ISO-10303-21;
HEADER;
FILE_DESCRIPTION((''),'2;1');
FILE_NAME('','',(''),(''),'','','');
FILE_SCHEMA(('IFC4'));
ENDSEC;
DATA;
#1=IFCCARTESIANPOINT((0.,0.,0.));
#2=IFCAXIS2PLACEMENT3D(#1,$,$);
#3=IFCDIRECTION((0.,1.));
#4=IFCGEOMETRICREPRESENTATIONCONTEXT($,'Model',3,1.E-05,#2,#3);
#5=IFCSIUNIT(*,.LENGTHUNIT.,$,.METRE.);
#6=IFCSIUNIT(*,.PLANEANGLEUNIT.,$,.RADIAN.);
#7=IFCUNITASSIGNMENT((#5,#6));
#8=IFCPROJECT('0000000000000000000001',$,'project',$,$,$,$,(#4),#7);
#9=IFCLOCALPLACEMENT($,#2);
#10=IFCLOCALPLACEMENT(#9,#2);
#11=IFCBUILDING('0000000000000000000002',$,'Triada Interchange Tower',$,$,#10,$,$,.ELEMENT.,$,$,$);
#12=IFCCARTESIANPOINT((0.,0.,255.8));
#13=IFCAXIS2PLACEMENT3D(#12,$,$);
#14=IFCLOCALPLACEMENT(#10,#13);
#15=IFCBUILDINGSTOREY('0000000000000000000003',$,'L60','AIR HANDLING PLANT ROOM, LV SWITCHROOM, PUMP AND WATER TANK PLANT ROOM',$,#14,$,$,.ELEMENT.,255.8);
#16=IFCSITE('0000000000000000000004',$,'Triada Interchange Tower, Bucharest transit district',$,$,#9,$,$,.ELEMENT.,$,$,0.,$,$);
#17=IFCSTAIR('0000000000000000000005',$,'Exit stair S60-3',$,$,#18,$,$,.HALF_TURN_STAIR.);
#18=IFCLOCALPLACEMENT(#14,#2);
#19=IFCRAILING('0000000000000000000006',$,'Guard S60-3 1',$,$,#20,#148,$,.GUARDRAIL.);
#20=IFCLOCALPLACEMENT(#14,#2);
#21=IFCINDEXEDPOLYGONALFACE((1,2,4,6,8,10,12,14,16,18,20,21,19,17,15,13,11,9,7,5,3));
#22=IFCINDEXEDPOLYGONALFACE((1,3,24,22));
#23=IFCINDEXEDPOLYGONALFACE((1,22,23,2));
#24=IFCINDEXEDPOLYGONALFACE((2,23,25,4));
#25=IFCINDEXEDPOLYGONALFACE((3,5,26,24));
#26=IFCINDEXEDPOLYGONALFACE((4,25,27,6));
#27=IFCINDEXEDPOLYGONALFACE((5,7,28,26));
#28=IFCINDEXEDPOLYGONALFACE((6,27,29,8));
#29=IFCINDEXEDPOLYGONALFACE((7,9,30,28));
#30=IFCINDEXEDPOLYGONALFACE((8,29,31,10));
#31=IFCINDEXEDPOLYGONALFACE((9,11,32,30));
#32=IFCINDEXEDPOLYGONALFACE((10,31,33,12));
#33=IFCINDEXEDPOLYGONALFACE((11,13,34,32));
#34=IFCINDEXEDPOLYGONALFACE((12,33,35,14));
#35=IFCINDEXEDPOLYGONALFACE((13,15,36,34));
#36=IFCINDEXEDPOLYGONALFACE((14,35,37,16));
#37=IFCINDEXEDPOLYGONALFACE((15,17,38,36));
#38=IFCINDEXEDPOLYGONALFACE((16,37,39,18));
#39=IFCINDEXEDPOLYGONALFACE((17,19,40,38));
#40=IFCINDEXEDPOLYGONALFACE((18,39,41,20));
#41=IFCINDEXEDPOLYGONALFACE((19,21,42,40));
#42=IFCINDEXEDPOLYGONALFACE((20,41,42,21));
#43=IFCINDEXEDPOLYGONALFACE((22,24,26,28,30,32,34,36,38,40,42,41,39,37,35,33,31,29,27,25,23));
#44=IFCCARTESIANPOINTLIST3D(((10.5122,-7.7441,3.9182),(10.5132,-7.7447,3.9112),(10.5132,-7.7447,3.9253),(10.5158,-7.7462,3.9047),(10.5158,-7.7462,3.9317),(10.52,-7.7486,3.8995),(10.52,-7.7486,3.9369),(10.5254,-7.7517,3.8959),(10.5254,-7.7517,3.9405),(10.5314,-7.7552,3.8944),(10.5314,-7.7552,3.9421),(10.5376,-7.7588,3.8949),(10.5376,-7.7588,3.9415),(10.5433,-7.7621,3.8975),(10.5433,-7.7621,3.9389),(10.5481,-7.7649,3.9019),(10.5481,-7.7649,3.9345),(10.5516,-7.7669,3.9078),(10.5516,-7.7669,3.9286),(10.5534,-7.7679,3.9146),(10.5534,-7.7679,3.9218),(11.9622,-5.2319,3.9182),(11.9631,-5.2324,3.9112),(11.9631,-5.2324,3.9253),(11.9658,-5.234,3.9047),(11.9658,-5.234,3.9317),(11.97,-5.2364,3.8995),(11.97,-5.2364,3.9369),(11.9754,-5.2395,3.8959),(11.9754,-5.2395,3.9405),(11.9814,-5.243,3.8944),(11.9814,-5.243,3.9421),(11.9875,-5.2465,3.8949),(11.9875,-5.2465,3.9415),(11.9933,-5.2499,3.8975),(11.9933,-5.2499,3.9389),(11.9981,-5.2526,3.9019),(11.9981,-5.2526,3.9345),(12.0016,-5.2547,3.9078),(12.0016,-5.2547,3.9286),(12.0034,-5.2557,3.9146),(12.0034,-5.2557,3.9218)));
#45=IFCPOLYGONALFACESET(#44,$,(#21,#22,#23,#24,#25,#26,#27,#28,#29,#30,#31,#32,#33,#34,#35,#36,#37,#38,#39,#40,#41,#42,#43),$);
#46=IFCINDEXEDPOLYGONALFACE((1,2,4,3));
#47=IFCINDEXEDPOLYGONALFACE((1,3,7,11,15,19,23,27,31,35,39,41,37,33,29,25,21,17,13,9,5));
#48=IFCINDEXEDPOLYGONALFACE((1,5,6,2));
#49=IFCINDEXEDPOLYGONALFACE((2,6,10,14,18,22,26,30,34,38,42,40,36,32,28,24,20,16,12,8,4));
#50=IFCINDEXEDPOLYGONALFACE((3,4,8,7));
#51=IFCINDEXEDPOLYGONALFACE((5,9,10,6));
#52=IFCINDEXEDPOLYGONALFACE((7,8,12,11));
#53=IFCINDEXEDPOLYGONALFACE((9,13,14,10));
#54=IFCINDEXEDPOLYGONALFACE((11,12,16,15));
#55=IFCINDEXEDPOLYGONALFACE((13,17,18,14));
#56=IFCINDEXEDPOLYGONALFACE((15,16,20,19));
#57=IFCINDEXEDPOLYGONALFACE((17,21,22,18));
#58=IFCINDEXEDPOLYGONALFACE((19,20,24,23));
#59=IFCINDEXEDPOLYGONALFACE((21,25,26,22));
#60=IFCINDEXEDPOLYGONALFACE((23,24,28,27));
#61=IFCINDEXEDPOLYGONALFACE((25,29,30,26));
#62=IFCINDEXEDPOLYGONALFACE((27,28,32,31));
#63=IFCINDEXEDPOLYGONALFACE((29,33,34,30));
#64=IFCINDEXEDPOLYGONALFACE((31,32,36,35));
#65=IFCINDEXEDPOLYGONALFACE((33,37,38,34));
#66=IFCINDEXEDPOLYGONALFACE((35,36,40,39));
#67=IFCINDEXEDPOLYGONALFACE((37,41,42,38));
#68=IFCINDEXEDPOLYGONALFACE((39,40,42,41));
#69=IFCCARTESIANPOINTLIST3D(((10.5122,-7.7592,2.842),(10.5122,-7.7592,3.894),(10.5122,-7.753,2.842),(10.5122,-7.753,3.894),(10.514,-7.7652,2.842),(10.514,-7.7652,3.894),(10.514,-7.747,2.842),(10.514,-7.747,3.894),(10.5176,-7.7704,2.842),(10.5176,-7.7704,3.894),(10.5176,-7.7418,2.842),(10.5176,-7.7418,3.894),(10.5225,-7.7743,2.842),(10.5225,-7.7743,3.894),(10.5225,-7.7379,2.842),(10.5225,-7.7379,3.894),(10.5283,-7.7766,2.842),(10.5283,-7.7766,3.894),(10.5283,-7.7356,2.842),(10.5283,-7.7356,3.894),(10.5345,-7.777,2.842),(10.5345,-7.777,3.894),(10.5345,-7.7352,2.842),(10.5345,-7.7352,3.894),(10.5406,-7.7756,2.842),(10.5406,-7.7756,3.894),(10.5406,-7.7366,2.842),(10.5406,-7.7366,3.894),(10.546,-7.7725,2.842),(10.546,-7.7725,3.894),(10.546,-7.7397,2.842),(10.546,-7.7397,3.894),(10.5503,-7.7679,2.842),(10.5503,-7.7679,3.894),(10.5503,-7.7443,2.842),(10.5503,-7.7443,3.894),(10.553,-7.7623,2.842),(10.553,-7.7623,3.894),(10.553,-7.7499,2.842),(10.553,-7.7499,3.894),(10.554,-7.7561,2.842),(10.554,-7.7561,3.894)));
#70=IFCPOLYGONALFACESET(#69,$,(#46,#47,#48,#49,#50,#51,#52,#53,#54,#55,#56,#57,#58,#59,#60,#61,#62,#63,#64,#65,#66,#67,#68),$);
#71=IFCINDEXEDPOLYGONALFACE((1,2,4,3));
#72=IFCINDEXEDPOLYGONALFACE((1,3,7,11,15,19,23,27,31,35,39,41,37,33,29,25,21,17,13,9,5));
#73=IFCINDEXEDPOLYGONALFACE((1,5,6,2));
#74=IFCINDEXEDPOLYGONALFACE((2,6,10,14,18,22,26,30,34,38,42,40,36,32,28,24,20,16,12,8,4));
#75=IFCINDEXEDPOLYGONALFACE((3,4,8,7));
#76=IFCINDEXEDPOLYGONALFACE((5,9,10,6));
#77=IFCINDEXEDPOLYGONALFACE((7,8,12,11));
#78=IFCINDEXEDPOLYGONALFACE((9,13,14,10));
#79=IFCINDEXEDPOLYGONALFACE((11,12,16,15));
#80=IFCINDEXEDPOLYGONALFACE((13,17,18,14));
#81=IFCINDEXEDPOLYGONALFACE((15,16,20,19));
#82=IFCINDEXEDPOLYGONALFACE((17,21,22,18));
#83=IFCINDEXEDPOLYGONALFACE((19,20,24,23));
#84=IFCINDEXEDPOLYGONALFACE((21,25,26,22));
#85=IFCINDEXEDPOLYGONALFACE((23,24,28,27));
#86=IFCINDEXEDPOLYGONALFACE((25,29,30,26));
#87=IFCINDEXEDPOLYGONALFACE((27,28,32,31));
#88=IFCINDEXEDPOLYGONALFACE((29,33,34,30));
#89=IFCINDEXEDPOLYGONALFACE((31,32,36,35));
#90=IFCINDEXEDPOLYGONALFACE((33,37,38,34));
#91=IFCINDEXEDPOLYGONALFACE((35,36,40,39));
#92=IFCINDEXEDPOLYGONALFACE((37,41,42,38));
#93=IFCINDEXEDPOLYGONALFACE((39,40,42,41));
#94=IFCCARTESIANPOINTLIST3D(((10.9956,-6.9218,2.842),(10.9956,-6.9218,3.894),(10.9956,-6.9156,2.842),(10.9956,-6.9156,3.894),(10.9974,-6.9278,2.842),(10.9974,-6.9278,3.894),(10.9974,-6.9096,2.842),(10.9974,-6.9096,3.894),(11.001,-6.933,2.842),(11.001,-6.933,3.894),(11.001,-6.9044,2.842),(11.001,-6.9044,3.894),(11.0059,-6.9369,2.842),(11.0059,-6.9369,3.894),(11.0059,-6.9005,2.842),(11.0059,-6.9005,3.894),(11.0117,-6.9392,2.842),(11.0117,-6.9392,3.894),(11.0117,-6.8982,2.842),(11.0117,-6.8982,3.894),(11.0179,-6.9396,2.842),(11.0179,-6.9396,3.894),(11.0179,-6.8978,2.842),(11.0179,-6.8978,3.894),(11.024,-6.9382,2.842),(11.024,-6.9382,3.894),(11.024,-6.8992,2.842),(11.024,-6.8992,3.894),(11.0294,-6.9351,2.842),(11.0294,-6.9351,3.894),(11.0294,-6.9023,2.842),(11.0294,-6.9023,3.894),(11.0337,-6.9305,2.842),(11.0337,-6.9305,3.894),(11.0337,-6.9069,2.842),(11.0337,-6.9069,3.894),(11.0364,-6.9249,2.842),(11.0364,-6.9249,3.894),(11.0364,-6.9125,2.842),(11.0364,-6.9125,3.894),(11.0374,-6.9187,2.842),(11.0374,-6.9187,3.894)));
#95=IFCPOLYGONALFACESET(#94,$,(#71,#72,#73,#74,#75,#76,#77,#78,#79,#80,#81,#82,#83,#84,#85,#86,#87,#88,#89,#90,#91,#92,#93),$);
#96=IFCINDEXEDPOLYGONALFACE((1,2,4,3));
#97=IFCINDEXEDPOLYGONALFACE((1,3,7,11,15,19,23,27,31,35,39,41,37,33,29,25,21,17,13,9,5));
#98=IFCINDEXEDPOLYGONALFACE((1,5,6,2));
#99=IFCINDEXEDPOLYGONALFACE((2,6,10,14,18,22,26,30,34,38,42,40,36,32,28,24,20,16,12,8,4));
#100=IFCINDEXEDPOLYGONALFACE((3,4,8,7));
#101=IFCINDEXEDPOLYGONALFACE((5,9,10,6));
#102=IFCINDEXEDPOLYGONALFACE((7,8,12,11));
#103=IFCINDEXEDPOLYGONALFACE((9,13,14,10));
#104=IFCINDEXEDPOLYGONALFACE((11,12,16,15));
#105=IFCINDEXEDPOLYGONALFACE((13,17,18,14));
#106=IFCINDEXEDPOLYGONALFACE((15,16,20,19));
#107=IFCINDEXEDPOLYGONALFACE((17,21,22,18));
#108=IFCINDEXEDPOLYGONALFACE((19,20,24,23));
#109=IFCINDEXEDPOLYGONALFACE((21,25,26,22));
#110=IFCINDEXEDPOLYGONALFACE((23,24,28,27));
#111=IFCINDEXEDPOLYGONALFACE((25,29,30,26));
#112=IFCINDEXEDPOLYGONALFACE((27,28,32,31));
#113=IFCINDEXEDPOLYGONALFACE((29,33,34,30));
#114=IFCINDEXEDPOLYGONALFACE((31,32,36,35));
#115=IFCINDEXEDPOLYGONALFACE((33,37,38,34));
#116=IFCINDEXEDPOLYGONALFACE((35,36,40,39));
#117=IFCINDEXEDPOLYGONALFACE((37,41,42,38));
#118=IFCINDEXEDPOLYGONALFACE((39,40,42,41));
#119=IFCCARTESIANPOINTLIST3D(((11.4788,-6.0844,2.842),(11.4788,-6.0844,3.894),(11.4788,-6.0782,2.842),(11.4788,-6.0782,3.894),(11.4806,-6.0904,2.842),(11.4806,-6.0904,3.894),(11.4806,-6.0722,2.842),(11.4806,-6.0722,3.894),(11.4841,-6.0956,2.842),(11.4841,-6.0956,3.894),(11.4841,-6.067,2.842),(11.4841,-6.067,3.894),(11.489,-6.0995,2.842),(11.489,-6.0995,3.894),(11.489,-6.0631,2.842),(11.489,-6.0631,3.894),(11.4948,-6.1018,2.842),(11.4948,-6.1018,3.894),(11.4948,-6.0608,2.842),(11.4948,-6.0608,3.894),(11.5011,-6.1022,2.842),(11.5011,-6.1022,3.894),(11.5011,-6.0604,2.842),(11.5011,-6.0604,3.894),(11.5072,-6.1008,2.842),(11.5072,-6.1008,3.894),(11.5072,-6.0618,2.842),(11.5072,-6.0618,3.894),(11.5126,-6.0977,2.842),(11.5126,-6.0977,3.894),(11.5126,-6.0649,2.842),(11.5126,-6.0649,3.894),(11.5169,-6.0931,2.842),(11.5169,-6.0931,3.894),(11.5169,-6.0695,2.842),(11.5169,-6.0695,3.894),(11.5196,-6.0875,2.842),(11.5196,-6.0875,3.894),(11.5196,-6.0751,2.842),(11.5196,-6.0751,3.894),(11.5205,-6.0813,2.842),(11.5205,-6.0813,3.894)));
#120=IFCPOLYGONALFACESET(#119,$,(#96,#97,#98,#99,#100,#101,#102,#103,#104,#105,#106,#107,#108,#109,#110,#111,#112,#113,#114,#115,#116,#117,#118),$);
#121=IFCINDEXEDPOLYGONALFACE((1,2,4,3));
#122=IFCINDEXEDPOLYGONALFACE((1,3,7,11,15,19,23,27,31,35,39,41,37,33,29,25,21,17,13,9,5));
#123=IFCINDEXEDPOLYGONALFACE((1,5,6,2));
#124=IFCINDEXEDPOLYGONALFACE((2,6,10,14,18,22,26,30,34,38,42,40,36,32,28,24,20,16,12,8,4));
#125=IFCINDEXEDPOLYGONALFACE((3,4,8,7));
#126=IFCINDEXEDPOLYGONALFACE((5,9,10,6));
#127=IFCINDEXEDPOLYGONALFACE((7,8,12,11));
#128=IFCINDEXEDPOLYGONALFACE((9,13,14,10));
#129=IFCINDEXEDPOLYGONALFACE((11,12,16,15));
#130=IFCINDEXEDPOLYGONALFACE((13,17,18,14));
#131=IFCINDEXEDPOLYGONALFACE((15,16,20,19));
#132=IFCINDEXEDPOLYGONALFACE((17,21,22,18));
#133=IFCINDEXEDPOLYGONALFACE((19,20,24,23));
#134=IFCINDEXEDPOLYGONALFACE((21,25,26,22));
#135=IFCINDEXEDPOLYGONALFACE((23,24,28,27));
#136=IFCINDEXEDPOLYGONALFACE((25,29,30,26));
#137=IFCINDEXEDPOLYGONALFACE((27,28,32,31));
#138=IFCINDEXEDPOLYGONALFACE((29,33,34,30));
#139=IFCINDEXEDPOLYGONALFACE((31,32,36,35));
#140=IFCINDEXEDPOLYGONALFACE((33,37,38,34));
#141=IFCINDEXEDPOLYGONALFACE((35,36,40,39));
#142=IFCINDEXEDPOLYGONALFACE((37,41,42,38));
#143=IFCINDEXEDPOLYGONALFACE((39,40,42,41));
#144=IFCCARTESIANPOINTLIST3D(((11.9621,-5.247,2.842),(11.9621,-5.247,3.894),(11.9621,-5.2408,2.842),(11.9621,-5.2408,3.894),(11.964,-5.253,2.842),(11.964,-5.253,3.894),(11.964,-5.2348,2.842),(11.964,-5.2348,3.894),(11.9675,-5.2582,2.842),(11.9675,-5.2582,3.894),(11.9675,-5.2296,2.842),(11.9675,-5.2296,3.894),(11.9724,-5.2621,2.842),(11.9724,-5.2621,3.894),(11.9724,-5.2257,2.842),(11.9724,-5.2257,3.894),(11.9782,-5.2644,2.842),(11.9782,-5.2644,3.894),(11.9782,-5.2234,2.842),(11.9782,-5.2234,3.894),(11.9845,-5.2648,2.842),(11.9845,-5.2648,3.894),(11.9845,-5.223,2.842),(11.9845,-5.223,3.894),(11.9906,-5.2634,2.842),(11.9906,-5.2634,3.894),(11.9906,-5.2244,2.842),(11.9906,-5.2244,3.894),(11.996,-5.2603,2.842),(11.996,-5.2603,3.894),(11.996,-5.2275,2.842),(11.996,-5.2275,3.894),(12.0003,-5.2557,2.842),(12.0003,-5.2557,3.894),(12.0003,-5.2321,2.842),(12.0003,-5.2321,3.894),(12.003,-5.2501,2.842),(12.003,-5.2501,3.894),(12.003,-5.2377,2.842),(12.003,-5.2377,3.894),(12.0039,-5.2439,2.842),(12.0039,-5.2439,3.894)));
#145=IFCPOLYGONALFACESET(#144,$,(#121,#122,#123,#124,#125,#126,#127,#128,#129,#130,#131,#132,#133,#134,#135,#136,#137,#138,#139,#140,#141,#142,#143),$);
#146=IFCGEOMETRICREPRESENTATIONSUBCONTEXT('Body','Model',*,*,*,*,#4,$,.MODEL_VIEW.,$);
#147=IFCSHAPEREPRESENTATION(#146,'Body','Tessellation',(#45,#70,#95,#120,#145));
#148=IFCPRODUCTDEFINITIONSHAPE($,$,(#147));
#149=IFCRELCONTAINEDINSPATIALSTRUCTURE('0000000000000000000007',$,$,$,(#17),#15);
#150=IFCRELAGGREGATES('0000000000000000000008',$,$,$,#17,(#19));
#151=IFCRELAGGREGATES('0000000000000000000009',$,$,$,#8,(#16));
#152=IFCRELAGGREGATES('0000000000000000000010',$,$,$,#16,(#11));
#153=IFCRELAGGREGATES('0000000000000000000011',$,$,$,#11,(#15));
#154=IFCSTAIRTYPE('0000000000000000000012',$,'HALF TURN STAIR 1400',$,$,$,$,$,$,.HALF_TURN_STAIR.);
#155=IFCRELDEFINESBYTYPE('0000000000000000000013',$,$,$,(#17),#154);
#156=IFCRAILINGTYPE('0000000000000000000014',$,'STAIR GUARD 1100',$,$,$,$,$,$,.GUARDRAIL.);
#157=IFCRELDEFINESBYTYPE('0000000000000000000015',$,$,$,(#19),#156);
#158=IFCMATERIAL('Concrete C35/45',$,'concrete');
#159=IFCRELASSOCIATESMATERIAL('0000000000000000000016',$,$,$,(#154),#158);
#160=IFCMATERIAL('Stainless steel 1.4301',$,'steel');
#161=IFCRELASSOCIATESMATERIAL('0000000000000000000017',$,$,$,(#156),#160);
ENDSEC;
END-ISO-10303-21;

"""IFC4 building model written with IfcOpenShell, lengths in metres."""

from ifc_helpers import new_model, si_unit, direction, frame, origin, origin_2d, place, context, subcontext, project, spatial, circle, extrude, material, type_object, element, aggregate, save


model = new_model("IFC4")

# Units and contexts
model_context = context("Model", 3, precision=1e-05, world=origin(), true_north=direction((0.0, 1.0)))
body_context = subcontext(model_context, "Body", "Model", "MODEL_VIEW")
ifc_project = project(units=[si_unit("LENGTHUNIT", "METRE"), si_unit("PLANEANGLEUNIT", "RADIAN")], contexts=[model_context])

# Site, building, storey
site_placement = place(None, origin())
site = spatial("IfcSite", under=ifc_project, at=site_placement, Name="Triada Interchange Tower, Bucharest transit district", CompositionType="ELEMENT", RefElevation=0.0)
building_placement = place(site_placement, origin())
building = spatial("IfcBuilding", under=site, at=building_placement, Name="Triada Interchange Tower", CompositionType="ELEMENT")
storey_placement = place(building_placement, frame((0.0, 0.0, 255.8)))
storey = spatial("IfcBuildingStorey", under=building, at=storey_placement, Name="L60", Description="AIR HANDLING PLANT ROOM, LV SWITCHROOM, PUMP AND WATER TANK PLANT ROOM", CompositionType="ELEMENT", Elevation=255.8)

# Shared definitions
ifc_material_1 = material(Name="Concrete C35/45", Category="concrete")

# Stair, railing
stair_type = type_object("IfcStairType", Name="HALF TURN STAIR 1400", PredefinedType="HALF_TURN_STAIR", material=ifc_material_1)
stair_placement = place(storey_placement, origin())
stair = element("IfcStair", 1, at=stair_placement, inside=storey, type_object=stair_type, Name="Exit stair S60-3", PredefinedType="HALF_TURN_STAIR")
ifc_material_2 = material(Name="Stainless steel 1.4301", Category="steel")
railing_type_1 = type_object("IfcRailingType", Name="STAIR GUARD 1100", PredefinedType="GUARDRAIL", material=ifc_material_2)
railing_1_placement = place(storey_placement, frame((10.533, -7.7561, 2.842)))
railing_1 = element("IfcRailing", 2, at=railing_1_placement, type_object=railing_type_1, Name="Guard S60-3 1", PredefinedType="GUARDRAIL", context=body_context, shape_type="SweptSolid", body=[
    extrude(circle(Radius=0.0239, at=origin_2d()), frame((0.0, 0.0, 1.0762), z_axis=(0.499878, 0.866096, 0.0), x_axis=(-0.866096, 0.499878, 0.0)), (0.0, 0.0, 1.0), 2.9006),
    extrude(circle(Radius=0.021, at=origin_2d()), origin(), (0.0, 0.0, 1.0), 1.052),
    extrude(circle(Radius=0.021, at=origin_2d()), frame((0.4834, 0.8374, 0.0)), (0.0, 0.0, 1.0), 1.052),
    extrude(circle(Radius=0.021, at=origin_2d()), frame((0.9666, 1.6748, 0.0)), (0.0, 0.0, 1.0), 1.052),
    extrude(circle(Radius=0.021, at=origin_2d()), frame((1.45, 2.5122, 0.0)), (0.0, 0.0, 1.0), 1.052),
])
aggregate(stair, [railing_1])

save(model, "model.ifc")
